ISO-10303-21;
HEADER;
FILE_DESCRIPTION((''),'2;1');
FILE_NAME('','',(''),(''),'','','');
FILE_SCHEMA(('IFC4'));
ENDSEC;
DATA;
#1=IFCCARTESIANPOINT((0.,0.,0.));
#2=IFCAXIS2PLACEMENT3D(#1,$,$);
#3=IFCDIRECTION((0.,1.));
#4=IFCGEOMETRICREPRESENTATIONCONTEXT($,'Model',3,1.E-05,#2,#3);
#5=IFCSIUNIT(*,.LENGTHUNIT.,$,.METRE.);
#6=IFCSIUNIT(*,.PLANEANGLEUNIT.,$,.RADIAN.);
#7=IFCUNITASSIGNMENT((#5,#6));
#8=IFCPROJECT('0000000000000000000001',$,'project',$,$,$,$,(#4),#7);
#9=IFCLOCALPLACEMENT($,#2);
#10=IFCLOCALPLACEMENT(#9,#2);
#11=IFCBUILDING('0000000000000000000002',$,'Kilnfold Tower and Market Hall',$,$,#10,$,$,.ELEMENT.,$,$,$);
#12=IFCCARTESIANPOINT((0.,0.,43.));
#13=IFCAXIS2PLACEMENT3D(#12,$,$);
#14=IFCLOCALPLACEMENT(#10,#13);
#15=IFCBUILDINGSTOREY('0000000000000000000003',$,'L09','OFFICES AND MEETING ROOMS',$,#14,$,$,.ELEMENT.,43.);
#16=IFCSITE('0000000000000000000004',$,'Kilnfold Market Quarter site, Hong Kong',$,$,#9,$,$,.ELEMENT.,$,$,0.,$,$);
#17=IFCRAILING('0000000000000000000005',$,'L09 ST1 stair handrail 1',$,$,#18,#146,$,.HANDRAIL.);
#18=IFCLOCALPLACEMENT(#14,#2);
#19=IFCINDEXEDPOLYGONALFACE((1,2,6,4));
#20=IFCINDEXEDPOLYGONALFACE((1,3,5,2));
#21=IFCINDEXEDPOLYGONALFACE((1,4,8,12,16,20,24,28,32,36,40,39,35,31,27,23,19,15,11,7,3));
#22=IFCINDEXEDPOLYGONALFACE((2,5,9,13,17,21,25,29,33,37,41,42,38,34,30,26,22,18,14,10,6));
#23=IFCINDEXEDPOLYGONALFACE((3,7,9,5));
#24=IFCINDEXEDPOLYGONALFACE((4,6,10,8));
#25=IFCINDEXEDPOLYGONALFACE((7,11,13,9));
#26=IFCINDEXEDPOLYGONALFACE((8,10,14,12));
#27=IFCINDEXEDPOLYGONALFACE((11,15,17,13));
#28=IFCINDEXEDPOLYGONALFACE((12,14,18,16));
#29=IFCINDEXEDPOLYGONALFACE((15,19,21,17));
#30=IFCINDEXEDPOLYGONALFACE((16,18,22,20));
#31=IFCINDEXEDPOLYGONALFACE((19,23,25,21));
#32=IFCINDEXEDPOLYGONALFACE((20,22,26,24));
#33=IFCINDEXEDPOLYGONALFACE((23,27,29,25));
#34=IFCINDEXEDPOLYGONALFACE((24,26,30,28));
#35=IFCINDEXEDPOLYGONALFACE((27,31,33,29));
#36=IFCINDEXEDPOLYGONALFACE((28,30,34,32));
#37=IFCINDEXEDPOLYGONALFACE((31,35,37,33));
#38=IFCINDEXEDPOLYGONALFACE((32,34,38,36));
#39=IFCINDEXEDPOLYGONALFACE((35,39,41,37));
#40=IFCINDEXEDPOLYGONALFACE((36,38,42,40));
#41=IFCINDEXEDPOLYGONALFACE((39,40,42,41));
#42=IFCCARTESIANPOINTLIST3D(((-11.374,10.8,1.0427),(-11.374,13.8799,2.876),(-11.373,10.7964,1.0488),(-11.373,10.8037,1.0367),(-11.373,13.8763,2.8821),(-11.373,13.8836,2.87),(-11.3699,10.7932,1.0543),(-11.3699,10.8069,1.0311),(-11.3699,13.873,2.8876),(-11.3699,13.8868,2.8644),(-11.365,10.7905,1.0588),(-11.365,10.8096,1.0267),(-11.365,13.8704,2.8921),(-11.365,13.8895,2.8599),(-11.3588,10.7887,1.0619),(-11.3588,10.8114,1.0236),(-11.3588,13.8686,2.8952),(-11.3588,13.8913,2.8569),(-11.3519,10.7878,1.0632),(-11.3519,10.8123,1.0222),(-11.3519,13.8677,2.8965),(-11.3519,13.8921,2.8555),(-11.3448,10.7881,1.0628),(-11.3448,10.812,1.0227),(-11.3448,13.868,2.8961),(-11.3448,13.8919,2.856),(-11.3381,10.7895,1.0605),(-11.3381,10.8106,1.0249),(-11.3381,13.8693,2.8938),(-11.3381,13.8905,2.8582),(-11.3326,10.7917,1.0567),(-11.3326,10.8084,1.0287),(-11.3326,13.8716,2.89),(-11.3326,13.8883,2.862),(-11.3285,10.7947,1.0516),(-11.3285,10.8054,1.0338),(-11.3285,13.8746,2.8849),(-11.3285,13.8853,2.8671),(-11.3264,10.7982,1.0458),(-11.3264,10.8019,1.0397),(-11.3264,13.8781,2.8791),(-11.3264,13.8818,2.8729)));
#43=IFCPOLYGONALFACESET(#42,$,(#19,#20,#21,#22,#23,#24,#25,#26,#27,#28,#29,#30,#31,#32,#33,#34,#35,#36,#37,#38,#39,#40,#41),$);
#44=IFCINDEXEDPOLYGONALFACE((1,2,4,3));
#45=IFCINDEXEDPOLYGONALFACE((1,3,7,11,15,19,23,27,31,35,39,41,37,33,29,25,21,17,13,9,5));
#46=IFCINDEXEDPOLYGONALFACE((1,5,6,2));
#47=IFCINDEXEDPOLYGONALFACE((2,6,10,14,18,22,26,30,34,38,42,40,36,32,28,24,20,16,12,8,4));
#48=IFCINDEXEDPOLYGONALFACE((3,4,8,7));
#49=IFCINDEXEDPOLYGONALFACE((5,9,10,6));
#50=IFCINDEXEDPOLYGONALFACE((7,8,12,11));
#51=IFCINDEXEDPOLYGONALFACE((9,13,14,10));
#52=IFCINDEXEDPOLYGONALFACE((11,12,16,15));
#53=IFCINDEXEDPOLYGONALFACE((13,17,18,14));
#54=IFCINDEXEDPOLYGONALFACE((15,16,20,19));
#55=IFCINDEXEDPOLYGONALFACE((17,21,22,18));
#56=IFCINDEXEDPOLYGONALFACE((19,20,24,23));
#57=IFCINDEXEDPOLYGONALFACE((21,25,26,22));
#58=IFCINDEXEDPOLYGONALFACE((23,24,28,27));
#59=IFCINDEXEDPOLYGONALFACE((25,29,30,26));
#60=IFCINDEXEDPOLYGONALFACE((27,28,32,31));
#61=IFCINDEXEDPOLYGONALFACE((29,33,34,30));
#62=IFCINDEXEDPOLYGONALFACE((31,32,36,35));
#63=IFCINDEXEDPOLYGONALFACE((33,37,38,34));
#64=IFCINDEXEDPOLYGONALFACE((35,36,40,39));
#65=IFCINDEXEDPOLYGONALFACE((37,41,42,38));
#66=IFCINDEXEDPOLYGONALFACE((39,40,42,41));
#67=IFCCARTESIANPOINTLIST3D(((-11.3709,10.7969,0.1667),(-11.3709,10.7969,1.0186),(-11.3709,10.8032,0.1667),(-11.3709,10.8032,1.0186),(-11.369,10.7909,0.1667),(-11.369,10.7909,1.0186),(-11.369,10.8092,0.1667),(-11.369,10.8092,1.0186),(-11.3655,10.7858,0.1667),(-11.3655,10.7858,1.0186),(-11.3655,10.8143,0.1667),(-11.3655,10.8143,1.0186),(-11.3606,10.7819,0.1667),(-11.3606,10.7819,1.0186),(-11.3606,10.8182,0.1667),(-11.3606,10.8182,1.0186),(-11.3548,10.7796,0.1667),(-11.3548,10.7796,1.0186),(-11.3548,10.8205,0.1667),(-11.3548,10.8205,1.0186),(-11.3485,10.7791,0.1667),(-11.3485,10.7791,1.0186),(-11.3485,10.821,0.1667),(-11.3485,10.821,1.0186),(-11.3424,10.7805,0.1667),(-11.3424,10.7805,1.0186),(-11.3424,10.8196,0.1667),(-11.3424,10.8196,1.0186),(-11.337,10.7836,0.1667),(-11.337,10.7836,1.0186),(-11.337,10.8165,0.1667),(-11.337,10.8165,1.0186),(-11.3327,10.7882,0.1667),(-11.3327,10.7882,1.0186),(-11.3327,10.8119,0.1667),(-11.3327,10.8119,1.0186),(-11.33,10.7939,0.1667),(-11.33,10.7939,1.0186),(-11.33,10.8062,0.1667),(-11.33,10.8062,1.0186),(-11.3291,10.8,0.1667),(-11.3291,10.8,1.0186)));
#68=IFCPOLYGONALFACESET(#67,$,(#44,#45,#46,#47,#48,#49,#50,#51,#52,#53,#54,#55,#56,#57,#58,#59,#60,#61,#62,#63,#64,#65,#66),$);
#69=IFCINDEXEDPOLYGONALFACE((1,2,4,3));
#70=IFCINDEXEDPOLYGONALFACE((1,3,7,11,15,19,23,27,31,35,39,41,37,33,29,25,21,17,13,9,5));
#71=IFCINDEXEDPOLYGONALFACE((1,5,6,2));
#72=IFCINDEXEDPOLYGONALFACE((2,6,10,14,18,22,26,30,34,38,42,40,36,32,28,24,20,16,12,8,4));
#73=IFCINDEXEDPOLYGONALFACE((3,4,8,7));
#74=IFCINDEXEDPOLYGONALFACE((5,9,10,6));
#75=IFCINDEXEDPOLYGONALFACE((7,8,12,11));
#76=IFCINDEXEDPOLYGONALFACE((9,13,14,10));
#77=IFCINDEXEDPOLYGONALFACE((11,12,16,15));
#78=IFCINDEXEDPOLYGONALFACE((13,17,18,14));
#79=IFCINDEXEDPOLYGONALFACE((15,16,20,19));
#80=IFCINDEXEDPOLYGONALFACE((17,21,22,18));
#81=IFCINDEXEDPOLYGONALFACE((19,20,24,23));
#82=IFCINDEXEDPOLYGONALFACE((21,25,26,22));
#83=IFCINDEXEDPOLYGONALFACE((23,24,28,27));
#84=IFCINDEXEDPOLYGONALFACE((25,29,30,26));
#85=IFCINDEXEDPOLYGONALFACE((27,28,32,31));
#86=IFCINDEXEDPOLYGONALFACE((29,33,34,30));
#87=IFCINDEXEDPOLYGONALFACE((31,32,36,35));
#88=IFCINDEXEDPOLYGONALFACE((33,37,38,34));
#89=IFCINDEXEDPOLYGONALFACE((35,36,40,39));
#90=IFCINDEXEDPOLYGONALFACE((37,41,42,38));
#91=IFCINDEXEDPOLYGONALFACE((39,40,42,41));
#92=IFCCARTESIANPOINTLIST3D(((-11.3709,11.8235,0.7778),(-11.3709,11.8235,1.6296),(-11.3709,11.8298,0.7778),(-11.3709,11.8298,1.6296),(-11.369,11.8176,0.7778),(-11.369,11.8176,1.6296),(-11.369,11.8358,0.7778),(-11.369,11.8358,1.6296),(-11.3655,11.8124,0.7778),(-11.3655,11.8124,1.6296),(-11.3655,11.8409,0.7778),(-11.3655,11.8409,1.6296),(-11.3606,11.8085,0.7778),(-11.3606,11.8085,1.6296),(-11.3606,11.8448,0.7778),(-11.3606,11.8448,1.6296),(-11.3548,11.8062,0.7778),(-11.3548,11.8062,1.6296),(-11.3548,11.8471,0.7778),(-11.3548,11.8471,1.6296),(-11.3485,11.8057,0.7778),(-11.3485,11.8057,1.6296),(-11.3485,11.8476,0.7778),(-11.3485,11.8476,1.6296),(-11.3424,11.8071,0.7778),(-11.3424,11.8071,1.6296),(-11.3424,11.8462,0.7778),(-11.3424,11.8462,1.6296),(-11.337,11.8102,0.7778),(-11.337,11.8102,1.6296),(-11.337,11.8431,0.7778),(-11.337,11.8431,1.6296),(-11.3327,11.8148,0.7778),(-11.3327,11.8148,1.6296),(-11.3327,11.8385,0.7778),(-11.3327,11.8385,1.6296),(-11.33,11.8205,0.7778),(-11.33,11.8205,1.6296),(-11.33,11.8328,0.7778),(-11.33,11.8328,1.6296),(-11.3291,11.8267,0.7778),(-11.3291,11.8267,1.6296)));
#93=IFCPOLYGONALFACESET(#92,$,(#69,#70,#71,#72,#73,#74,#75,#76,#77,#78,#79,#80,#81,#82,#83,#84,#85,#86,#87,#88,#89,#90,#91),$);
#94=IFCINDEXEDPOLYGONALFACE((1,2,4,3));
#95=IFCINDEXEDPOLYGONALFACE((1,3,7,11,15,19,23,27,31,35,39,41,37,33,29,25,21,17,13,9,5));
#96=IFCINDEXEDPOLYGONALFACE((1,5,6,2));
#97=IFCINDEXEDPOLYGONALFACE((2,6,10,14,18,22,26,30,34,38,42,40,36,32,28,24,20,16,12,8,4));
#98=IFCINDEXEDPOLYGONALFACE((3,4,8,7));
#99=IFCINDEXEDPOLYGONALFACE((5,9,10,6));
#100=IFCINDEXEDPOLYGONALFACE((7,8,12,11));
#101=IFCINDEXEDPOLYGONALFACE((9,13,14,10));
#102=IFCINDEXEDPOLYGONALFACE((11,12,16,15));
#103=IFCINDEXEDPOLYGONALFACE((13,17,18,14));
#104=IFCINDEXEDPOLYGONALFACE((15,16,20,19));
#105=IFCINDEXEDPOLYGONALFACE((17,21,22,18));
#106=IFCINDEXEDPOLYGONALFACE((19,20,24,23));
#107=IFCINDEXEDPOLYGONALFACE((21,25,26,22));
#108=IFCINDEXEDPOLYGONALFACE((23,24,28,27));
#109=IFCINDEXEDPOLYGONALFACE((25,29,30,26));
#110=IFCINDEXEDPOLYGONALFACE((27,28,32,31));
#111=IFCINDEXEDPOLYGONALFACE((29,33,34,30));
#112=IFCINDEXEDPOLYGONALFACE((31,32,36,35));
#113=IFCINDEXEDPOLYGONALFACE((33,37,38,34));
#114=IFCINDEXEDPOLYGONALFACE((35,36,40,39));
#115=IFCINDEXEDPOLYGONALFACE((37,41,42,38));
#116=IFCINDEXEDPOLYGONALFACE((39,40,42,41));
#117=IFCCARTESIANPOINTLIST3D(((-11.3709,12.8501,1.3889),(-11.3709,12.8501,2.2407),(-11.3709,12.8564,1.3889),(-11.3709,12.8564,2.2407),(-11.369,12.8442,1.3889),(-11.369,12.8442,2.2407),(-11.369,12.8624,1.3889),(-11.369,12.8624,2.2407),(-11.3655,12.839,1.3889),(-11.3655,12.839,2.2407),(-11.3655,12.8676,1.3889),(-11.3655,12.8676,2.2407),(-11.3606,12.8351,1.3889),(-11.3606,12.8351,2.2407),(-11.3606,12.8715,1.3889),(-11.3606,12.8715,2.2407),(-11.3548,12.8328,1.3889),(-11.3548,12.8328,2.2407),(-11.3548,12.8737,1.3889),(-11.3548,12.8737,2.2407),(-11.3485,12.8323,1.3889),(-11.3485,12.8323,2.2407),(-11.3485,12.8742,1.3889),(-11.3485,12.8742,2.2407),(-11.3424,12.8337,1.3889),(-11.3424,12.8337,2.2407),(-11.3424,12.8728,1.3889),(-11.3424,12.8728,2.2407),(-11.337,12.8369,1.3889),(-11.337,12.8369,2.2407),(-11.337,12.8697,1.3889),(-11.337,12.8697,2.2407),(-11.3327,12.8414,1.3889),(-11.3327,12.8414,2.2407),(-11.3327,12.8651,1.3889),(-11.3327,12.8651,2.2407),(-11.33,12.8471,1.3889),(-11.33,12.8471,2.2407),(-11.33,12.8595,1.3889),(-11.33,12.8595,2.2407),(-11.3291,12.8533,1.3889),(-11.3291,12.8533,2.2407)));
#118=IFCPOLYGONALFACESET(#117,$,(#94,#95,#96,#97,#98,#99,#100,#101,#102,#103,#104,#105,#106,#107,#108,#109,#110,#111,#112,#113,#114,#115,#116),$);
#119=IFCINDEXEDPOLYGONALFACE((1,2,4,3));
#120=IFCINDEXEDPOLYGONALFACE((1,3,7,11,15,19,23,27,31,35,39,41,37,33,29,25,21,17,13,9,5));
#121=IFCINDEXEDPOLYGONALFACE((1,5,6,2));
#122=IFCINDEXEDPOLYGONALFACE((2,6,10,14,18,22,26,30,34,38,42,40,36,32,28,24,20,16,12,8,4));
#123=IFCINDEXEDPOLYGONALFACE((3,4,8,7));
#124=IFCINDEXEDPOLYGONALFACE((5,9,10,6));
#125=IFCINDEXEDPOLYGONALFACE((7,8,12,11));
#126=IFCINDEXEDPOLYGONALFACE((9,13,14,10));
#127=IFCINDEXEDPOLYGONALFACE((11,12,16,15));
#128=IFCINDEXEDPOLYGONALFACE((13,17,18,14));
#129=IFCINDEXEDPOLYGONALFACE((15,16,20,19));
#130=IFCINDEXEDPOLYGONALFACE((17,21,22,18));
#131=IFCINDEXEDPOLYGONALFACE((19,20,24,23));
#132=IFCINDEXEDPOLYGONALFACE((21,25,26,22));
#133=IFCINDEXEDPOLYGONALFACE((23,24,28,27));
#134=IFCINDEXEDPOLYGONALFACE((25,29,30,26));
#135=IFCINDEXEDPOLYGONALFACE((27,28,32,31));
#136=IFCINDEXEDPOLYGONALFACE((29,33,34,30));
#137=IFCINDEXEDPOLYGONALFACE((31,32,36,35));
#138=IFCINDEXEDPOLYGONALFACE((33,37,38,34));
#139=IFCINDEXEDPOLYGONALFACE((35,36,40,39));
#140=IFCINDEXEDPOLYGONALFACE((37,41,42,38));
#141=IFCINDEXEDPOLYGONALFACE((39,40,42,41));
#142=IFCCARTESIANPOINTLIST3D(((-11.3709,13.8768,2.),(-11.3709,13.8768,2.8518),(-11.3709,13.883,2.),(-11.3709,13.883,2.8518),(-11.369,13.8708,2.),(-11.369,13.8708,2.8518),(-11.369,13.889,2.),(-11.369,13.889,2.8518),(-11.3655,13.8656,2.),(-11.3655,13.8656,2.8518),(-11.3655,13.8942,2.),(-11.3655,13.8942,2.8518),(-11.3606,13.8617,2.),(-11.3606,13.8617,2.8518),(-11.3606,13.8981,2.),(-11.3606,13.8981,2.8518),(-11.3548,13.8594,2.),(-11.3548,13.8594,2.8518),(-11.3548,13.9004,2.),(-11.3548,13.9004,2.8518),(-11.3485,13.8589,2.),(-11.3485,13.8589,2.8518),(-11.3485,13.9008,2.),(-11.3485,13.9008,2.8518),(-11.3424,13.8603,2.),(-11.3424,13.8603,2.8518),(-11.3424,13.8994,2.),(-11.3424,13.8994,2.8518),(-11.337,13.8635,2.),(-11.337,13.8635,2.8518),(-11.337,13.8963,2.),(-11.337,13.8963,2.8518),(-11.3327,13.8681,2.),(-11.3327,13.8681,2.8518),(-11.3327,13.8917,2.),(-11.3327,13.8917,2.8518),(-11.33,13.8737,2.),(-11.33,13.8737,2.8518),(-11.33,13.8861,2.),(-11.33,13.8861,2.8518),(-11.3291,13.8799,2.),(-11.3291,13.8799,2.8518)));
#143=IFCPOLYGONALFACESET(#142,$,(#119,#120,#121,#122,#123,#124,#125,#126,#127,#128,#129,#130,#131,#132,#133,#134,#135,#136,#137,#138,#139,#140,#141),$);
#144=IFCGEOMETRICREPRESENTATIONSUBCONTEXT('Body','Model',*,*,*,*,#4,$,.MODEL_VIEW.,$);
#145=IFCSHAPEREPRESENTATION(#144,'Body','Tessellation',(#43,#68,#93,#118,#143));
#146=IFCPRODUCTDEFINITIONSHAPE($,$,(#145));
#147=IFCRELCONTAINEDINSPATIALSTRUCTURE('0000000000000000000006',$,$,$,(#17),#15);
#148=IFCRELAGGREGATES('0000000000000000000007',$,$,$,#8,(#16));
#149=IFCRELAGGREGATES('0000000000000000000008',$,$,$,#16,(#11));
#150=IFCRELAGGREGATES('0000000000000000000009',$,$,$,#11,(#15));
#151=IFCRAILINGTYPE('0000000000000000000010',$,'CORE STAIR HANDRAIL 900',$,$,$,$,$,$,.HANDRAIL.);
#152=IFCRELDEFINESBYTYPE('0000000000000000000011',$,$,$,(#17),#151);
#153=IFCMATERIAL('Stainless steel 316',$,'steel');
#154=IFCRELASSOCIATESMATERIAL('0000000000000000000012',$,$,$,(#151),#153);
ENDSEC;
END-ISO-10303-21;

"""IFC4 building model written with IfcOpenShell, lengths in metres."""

from ifc_helpers import new_model, si_unit, direction, frame, origin, origin_2d, place, context, subcontext, project, spatial, circle, extrude, material, type_object, element, save


model = new_model("IFC4")

# Units and contexts
model_context = context("Model", 3, precision=1e-05, world=origin(), true_north=direction((0.0, 1.0)))
body_context = subcontext(model_context, "Body", "Model", "MODEL_VIEW")
ifc_project = project(units=[si_unit("LENGTHUNIT", "METRE"), si_unit("PLANEANGLEUNIT", "RADIAN")], contexts=[model_context])

# Site, building, storey
site_placement = place(None, origin())
site = spatial("IfcSite", under=ifc_project, at=site_placement, Name="Kilnfold Market Quarter site, Hong Kong", CompositionType="ELEMENT", RefElevation=0.0)
building_placement = place(site_placement, origin())
building = spatial("IfcBuilding", under=site, at=building_placement, Name="Kilnfold Tower and Market Hall", CompositionType="ELEMENT")
storey_placement = place(building_placement, frame((0.0, 0.0, 43.0)))
storey = spatial("IfcBuildingStorey", under=building, at=storey_placement, Name="L09", Description="OFFICES AND MEETING ROOMS", CompositionType="ELEMENT", Elevation=43.0)

# Railing
ifc_material_1 = material(Name="Stainless steel 316", Category="steel")
railing_type_1 = type_object("IfcRailingType", Name="CORE STAIR HANDRAIL 900", PredefinedType="HANDRAIL", material=ifc_material_1)
railing_1_placement = place(storey_placement, frame((-11.3501, 10.8, 0.1667)))
element("IfcRailing", 1, at=railing_1_placement, inside=storey, type_object=railing_type_1, Name="L09 ST1 stair handrail 1", PredefinedType="HANDRAIL", context=body_context, shape_type="SweptSolid", body=[
    extrude(circle(Radius=0.0239, at=origin_2d()), frame((0.0, 0.0, 0.876), z_axis=(0.0, 0.859291, 0.511487), x_axis=(-1.0, 0.0, 0.0)), (0.0, 0.0, 1.0), 3.5842),
    extrude(circle(Radius=0.021, at=origin_2d()), origin(), (0.0, 0.0, 1.0), 0.8518),
    extrude(circle(Radius=0.021, at=origin_2d()), frame((0.0, 1.0266, 0.6111)), (0.0, 0.0, 1.0), 0.8518),
    extrude(circle(Radius=0.021, at=origin_2d()), frame((0.0, 2.0532, 1.2222)), (0.0, 0.0, 1.0), 0.8518),
    extrude(circle(Radius=0.021, at=origin_2d()), frame((0.0, 3.0798, 1.8333)), (0.0, 0.0, 1.0), 0.8518),
])

save(model, "model.ifc")
